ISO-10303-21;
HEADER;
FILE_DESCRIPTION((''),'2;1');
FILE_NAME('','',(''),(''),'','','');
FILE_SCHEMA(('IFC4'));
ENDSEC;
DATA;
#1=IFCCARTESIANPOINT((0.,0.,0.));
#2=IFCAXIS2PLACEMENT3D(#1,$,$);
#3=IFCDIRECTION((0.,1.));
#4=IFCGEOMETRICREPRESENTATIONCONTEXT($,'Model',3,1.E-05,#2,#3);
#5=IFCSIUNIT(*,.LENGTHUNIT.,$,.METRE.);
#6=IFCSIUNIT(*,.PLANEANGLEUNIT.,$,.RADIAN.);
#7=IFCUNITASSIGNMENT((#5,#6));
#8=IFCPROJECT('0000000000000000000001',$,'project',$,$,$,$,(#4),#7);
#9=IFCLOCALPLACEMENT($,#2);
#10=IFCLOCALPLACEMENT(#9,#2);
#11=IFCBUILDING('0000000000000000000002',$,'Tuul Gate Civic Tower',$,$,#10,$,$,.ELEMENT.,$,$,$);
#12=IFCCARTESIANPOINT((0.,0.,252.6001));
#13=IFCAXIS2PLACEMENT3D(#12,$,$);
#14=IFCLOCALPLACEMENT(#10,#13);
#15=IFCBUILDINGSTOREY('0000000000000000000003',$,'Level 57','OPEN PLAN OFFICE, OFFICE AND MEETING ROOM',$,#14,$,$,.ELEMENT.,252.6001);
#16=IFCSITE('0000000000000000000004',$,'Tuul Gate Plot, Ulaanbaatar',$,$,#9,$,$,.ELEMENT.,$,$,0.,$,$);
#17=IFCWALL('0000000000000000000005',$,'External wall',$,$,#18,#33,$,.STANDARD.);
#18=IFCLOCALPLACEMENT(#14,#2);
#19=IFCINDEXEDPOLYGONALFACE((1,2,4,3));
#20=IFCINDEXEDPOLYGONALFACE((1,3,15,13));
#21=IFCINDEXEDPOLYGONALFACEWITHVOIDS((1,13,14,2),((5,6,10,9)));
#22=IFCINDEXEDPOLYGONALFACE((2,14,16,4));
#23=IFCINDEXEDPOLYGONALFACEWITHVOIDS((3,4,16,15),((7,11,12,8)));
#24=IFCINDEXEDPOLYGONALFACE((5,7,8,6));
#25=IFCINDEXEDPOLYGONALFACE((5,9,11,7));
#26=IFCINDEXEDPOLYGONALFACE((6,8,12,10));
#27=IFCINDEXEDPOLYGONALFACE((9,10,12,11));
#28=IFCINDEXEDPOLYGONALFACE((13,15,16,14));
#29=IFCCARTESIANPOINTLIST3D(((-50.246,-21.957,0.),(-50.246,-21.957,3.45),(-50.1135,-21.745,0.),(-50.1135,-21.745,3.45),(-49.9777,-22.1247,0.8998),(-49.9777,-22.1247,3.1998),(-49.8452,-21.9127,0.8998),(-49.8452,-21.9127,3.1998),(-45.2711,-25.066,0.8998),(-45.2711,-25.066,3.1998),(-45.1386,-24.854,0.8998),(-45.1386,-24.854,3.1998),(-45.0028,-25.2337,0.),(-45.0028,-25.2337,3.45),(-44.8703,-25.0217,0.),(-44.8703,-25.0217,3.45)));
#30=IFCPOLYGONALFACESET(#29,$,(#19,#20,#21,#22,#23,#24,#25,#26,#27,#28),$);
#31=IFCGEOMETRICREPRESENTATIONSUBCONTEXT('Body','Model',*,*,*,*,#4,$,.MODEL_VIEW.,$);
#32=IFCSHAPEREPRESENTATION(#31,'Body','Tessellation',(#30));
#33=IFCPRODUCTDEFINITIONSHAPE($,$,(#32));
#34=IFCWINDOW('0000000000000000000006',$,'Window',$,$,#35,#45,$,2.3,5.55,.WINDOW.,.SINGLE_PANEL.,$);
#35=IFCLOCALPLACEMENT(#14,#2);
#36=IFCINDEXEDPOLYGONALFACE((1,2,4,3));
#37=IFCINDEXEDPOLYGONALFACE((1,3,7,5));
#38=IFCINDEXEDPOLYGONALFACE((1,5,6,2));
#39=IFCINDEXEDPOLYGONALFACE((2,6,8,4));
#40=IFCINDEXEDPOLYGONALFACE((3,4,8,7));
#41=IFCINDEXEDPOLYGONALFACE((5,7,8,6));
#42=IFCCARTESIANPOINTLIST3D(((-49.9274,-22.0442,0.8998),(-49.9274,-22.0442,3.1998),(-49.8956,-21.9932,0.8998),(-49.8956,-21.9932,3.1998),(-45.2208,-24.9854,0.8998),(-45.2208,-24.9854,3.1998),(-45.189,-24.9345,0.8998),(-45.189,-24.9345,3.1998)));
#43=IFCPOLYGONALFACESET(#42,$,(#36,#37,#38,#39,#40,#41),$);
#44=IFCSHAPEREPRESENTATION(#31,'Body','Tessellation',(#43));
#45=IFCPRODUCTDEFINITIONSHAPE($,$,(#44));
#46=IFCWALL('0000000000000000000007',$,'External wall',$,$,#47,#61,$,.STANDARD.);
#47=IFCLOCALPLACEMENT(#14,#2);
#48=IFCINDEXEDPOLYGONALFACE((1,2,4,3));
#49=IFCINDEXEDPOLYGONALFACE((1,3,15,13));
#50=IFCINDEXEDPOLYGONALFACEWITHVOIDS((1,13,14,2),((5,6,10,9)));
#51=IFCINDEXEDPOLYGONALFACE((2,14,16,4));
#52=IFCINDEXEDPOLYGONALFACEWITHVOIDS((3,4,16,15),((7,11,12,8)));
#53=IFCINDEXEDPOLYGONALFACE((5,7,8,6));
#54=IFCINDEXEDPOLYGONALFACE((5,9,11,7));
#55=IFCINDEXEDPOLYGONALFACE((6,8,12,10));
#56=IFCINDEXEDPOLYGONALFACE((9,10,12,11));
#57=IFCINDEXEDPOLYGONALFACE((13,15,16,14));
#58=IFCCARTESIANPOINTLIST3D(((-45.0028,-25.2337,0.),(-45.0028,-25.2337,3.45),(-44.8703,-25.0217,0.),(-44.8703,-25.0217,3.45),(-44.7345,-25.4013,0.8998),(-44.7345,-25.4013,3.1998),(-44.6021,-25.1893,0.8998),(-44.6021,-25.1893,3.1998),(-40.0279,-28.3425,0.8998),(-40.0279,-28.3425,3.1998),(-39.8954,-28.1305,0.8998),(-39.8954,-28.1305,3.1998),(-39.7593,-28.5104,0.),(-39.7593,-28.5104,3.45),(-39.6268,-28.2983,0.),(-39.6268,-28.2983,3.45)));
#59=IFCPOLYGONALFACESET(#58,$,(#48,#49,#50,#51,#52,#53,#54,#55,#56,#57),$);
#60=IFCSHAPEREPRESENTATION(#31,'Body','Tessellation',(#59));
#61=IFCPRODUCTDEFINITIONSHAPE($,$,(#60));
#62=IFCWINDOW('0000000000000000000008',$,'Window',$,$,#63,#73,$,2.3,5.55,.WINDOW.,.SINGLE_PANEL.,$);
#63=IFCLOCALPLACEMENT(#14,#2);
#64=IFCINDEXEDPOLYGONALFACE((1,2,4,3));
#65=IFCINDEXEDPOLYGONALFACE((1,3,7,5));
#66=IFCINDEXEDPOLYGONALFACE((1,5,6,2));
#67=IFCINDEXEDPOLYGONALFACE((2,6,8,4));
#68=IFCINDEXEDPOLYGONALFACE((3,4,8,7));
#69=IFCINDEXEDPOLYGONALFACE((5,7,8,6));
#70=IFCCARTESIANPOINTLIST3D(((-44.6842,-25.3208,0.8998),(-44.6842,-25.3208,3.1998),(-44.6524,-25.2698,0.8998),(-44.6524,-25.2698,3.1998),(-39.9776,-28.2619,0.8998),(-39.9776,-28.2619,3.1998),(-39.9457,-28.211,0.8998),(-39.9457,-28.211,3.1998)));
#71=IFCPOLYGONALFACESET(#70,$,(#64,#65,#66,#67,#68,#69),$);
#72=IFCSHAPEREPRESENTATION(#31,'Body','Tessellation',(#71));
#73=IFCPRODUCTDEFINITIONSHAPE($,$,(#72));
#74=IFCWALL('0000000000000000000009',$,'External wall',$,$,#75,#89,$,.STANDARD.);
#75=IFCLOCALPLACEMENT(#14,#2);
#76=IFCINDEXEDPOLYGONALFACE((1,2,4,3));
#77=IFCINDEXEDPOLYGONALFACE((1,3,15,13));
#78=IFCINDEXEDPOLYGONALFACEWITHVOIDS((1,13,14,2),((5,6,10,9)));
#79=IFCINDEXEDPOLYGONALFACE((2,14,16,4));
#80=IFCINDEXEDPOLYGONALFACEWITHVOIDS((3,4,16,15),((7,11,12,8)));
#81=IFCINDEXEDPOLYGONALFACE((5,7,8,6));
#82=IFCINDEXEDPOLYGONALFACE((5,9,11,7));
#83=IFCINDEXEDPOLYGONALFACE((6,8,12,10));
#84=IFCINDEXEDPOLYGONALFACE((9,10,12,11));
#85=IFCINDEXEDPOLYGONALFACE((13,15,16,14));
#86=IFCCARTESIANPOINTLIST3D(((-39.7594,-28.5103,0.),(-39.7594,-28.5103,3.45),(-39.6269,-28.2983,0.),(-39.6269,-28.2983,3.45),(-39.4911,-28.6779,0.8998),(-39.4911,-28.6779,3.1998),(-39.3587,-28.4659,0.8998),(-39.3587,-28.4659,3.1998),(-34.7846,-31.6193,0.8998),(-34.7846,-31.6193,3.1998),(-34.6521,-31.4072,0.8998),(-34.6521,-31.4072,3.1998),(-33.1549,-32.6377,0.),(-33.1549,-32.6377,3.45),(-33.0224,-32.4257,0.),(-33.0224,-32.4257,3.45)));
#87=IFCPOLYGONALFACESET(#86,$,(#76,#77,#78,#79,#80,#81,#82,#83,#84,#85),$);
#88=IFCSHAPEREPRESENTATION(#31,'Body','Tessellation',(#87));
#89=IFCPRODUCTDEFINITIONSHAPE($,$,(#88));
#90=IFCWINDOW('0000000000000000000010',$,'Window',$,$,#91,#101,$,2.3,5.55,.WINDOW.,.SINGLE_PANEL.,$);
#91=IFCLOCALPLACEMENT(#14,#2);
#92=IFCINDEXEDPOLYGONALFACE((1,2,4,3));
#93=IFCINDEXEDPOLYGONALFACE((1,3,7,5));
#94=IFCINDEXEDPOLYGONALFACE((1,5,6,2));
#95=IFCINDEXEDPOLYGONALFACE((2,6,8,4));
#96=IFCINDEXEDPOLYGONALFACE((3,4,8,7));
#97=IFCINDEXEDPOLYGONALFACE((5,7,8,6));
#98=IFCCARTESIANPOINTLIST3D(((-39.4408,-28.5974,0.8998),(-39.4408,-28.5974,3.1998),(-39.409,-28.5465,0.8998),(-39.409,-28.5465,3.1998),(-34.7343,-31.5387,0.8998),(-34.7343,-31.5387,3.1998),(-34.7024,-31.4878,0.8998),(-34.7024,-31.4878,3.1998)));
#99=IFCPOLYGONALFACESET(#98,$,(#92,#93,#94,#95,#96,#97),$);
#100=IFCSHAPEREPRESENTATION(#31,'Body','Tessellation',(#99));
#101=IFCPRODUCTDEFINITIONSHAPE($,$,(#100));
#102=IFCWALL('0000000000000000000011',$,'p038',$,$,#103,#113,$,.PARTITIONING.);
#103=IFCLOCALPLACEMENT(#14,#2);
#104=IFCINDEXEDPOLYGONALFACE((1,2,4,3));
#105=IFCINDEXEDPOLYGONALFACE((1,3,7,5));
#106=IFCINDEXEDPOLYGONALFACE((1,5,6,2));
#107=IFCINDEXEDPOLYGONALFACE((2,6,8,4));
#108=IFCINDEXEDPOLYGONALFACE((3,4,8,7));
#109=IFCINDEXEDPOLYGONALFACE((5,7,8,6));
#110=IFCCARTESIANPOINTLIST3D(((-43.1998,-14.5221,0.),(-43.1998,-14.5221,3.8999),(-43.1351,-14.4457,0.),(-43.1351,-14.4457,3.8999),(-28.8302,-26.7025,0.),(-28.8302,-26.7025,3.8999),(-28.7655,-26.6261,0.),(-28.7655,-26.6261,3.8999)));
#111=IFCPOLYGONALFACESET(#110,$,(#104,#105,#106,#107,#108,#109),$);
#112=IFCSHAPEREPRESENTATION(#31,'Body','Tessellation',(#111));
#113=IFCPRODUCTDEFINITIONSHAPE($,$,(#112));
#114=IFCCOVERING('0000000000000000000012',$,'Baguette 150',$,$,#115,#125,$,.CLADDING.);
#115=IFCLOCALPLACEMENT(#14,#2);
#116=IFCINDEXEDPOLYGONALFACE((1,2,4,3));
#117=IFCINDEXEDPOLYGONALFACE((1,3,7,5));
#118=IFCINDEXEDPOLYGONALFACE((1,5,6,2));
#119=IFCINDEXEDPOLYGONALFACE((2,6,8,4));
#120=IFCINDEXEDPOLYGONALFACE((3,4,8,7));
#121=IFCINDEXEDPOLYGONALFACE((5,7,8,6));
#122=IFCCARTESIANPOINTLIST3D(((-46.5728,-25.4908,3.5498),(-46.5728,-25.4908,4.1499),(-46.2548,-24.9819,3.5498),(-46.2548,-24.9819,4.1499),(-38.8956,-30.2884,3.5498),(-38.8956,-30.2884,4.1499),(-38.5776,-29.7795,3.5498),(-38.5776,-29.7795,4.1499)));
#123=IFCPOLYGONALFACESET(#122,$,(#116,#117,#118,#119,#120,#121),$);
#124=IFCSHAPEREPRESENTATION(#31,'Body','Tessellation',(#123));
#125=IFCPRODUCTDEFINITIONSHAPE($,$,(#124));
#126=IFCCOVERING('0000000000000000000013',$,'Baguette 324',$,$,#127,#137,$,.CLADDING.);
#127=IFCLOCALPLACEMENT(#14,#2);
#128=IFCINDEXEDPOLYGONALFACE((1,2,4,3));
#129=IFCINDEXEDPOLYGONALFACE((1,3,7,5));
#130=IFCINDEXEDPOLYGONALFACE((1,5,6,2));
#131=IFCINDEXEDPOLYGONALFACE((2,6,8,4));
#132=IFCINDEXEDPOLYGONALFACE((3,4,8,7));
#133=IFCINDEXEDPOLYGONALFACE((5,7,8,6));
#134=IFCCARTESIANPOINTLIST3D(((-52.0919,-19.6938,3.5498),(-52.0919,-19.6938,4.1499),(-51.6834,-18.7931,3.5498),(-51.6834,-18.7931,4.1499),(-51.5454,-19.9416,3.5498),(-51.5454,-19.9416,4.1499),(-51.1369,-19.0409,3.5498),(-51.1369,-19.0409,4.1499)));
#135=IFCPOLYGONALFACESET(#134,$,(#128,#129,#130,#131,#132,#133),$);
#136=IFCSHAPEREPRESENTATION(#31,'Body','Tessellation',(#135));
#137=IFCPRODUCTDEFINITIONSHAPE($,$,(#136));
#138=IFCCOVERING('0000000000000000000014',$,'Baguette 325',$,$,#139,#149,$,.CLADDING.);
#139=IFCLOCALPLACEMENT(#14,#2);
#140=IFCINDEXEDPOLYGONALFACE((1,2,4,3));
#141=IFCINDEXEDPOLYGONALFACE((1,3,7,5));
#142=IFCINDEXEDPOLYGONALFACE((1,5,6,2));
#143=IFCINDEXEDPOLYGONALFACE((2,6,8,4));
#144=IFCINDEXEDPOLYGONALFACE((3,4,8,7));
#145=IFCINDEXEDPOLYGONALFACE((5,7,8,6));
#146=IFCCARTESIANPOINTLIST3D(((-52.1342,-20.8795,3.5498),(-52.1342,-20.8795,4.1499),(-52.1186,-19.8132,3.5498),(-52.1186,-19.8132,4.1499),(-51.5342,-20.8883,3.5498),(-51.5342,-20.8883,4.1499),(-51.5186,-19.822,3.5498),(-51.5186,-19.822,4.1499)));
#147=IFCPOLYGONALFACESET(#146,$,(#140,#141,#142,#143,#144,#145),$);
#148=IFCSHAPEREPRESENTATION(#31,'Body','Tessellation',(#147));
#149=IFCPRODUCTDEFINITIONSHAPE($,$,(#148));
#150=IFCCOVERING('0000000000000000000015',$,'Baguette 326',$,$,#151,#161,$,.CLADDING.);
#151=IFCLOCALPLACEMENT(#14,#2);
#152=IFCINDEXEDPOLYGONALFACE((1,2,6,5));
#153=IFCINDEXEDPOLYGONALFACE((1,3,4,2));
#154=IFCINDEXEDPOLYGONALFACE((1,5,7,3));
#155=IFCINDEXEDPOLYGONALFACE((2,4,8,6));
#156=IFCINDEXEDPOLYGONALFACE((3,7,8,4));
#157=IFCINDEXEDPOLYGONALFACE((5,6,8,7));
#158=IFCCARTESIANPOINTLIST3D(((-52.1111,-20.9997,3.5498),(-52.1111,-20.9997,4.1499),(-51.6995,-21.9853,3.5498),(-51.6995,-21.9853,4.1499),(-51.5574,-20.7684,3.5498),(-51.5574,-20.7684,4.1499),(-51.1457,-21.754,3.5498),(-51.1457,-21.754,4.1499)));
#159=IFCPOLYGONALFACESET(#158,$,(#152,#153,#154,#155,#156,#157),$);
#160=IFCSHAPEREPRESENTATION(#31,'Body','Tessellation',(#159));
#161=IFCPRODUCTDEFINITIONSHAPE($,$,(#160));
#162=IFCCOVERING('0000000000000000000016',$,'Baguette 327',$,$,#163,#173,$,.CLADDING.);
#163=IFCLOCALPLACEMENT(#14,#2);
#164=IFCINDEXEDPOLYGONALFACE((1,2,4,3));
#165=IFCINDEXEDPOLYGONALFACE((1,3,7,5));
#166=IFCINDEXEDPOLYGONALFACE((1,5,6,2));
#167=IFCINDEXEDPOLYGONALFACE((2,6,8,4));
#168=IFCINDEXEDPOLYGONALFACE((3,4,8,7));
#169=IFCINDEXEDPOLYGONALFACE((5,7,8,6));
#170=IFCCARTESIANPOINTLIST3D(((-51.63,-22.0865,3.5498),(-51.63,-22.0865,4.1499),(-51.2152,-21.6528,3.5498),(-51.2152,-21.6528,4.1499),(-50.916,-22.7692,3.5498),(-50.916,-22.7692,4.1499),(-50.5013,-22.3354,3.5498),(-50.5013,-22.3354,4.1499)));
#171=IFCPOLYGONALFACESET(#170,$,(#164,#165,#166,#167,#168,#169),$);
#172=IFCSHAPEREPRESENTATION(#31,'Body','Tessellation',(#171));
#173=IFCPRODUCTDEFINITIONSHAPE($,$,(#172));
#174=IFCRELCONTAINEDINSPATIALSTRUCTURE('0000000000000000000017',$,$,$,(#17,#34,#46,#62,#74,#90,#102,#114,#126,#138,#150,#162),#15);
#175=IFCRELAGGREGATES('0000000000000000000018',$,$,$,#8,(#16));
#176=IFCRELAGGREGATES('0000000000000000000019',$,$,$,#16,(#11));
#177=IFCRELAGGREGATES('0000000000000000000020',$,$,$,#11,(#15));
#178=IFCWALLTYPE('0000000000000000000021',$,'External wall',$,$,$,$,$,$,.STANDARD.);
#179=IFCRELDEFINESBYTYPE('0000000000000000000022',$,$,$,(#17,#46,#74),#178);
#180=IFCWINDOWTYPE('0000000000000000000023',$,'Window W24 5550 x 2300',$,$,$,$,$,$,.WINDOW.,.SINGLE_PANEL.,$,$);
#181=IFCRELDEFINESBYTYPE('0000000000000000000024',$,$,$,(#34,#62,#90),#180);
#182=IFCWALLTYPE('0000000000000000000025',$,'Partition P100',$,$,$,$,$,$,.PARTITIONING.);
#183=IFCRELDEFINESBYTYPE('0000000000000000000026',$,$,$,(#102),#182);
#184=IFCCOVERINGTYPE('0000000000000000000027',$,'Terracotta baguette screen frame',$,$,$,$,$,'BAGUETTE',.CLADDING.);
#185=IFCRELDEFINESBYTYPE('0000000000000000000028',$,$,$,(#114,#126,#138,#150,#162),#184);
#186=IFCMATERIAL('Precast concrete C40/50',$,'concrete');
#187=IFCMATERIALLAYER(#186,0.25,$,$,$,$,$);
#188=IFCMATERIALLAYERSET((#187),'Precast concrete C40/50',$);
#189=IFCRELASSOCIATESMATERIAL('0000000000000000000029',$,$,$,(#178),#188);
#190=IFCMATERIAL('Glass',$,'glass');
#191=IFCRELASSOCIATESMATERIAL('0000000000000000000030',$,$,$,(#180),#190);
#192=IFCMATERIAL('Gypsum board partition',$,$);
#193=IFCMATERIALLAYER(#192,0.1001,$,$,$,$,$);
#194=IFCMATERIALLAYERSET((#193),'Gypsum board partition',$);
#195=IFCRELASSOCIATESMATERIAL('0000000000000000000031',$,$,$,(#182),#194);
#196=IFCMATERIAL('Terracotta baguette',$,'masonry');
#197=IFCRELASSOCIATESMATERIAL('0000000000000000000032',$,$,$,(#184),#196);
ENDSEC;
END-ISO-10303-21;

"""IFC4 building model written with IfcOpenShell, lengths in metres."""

from ifc_helpers import new_model, si_unit, direction, frame, frame_2d, origin, origin_2d, place, context, subcontext, project, spatial, rectangle, extrude, material, layer, layer_set, material_profile, profile_set, type_object, element, fill, save


model = new_model("IFC4")

# Units and contexts
model_context = context("Model", 3, precision=1e-05, world=origin(), true_north=direction((0.0, 1.0)))
body_context = subcontext(model_context, "Body", "Model", "MODEL_VIEW")
ifc_project = project(units=[si_unit("LENGTHUNIT", "METRE"), si_unit("PLANEANGLEUNIT", "RADIAN")], contexts=[model_context])

# Site, building, storey
site_placement = place(None, origin())
site = spatial("IfcSite", under=ifc_project, at=site_placement, Name="Tuul Gate Plot, Ulaanbaatar", CompositionType="ELEMENT", RefElevation=0.0)
building_placement = place(site_placement, origin())
building = spatial("IfcBuilding", under=site, at=building_placement, Name="Tuul Gate Civic Tower", CompositionType="ELEMENT")
storey_placement = place(building_placement, frame((0.0, 0.0, 252.6001)))
storey = spatial("IfcBuildingStorey", under=building, at=storey_placement, Name="Level 57", Description="OPEN PLAN OFFICE, OFFICE AND MEETING ROOM", CompositionType="ELEMENT", Elevation=252.6001)

# Shared definitions
ifc_material_1 = material(Name="Precast concrete C40/50", Category="concrete")
ifc_layer_1 = layer(ifc_material_1, 0.25)
ifc_layer_set_1 = layer_set([ifc_layer_1], Name="Precast concrete C40/50")
wall_type_1 = type_object("IfcWallType", Name="External wall", PredefinedType="STANDARD", material=ifc_layer_set_1)

# Walls, openings, windows
wall_1_placement = place(storey_placement, frame((-50.1797, -21.8511, 0.0), z_axis=(0.0, 0.0, 1.0), x_axis=(0.848025, -0.529956, 0.0)))
wall_1 = element("IfcWall", 1, at=wall_1_placement, inside=storey, type_object=wall_type_1, Name="External wall", PredefinedType="STANDARD", context=body_context, shape_type="SweptSolid", body=[
    extrude(rectangle(XDim=6.1829, YDim=0.25, at=frame_2d((3.0913, 0.0))), origin(), (0.0, 0.0, 1.0), 3.45),
])
opening_1_placement = place(wall_1_placement, frame((0.3164, 0.0, 0.8999)))
opening_1 = element("IfcOpeningElement", 2, at=opening_1_placement, cuts=wall_1, PredefinedType="OPENING", context=body_context, shape_type="SweptSolid", body=[
    extrude(rectangle(XDim=5.55, YDim=2.3, at=frame_2d((2.7749, 1.1499))), frame((0.0, 0.135, 0.0), z_axis=(0.0, -1.0, 0.0), x_axis=(1.0, 0.0, 0.0)), (0.0, 0.0, 1.0), 0.27),
])
ifc_material_2 = material(Name="Glass", Category="glass")
window_type = type_object("IfcWindowType", Name="Window W24 5550 x 2300", PartitioningType="SINGLE_PANEL", PredefinedType="WINDOW", material=ifc_material_2)
window_1_placement = place(opening_1_placement, origin())
window_1 = element("IfcWindow", 3, at=window_1_placement, inside=storey, type_object=window_type, Name="Window", OverallHeight=2.3, OverallWidth=5.55, PartitioningType="SINGLE_PANEL", PredefinedType="WINDOW", context=body_context, shape_type="SweptSolid", body=[
    extrude(rectangle(XDim=5.55, YDim=2.3, at=frame_2d((2.7749, 1.1499))), frame((0.0, 0.03, 0.0), z_axis=(0.0, -1.0, 0.0), x_axis=(1.0, 0.0, 0.0)), (0.0, 0.0, 1.0), 0.0601),
])
fill(opening_1, window_1)
wall_2_placement = place(storey_placement, frame((-44.9365, -25.1277, 0.0), z_axis=(0.0, 0.0, 1.0), x_axis=(0.848036, -0.529939, 0.0)))
wall_2 = element("IfcWall", 4, at=wall_2_placement, inside=storey, type_object=wall_type_1, Name="External wall", PredefinedType="STANDARD", context=body_context, shape_type="SweptSolid", body=[
    extrude(rectangle(XDim=6.1831, YDim=0.25, at=frame_2d((3.0916, 0.0))), origin(), (0.0, 0.0, 1.0), 3.45),
])
opening_2_placement = place(wall_2_placement, frame((0.3164, 0.0, 0.8999)))
opening_2 = element("IfcOpeningElement", 5, at=opening_2_placement, cuts=wall_2, PredefinedType="OPENING", context=body_context, shape_type="SweptSolid", body=[
    extrude(rectangle(XDim=5.55, YDim=2.3, at=frame_2d((2.7749, 1.1499))), frame((0.0, 0.135, 0.0), z_axis=(0.0, -1.0, 0.0), x_axis=(1.0, 0.0, 0.0)), (0.0, 0.0, 1.0), 0.27),
])
window_2_placement = place(opening_2_placement, origin())
window_2 = element("IfcWindow", 6, at=window_2_placement, inside=storey, type_object=window_type, Name="Window", OverallHeight=2.3, OverallWidth=5.55, PartitioningType="SINGLE_PANEL", PredefinedType="WINDOW", context=body_context, shape_type="SweptSolid", body=[
    extrude(rectangle(XDim=5.55, YDim=2.3, at=frame_2d((2.7749, 1.1499))), frame((0.0, 0.03, 0.0), z_axis=(0.0, -1.0, 0.0), x_axis=(1.0, 0.0, 0.0)), (0.0, 0.0, 1.0), 0.0601),
])
fill(opening_2, window_2)
wall_3_placement = place(storey_placement, frame((-39.6931, -28.4043, 0.0), z_axis=(0.0, 0.0, 1.0), x_axis=(0.848019, -0.529965, 0.0)))
wall_3 = element("IfcWall", 7, at=wall_3_placement, inside=storey, type_object=wall_type_1, Name="External wall", PredefinedType="STANDARD", context=body_context, shape_type="SweptSolid", body=[
    extrude(rectangle(XDim=7.7881, YDim=0.25, at=frame_2d((3.894, 0.0))), origin(), (0.0, 0.0, 1.0), 3.45),
])
opening_3_placement = place(wall_3_placement, frame((0.3164, 0.0, 0.8999)))
opening_3 = element("IfcOpeningElement", 8, at=opening_3_placement, cuts=wall_3, PredefinedType="OPENING", context=body_context, shape_type="SweptSolid", body=[
    extrude(rectangle(XDim=5.55, YDim=2.3, at=frame_2d((2.7749, 1.1499))), frame((0.0, 0.135, 0.0), z_axis=(0.0, -1.0, 0.0), x_axis=(1.0, 0.0, 0.0)), (0.0, 0.0, 1.0), 0.27),
])
window_3_placement = place(opening_3_placement, origin())
window_3 = element("IfcWindow", 9, at=window_3_placement, inside=storey, type_object=window_type, Name="Window", OverallHeight=2.3, OverallWidth=5.55, PartitioningType="SINGLE_PANEL", PredefinedType="WINDOW", context=body_context, shape_type="SweptSolid", body=[
    extrude(rectangle(XDim=5.55, YDim=2.3, at=frame_2d((2.7749, 1.1499))), frame((0.0, 0.03, 0.0), z_axis=(0.0, -1.0, 0.0), x_axis=(1.0, 0.0, 0.0)), (0.0, 0.0, 1.0), 0.0601),
])
fill(opening_3, window_3)

# Wall
ifc_material_3 = material(Name="Gypsum board partition")
ifc_layer_2 = layer(ifc_material_3, 0.1001)
ifc_layer_set_2 = layer_set([ifc_layer_2], Name="Gypsum board partition")
wall_type_2 = type_object("IfcWallType", Name="Partition P100", PredefinedType="PARTITIONING", material=ifc_layer_set_2)
wall_4_placement = place(storey_placement, frame((-43.1675, -14.4839, 0.0), z_axis=(0.0, 0.0, 1.0), x_axis=(0.762823, -0.646607, 0.0)))
element("IfcWall", 10, at=wall_4_placement, inside=storey, type_object=wall_type_2, Name="p038", PredefinedType="PARTITIONING", context=body_context, shape_type="SweptSolid", body=[
    extrude(rectangle(XDim=18.8374, YDim=0.1001, at=frame_2d((9.4187, 0.0))), origin(), (0.0, 0.0, 1.0), 3.8999),
])

# Coverings
ifc_material_4 = material(Name="Terracotta baguette", Category="masonry")
ifc_material_profile_1 = material_profile(ifc_material_4, rectangle(XDim=0.6001, YDim=0.6001, at=origin_2d()), Name="Terracotta baguette screen frame")
ifc_profile_set_1 = profile_set([ifc_material_profile_1], Name="Terracotta baguette")
covering_type = type_object("IfcCoveringType", Name="Terracotta baguette screen frame", ElementType="BAGUETTE", PredefinedType="CLADDING", material=ifc_profile_set_1)
covering_1_placement = place(storey_placement, frame((-46.4138, -25.2363, 3.8499), z_axis=(0.848032, -0.529946, 0.0), x_axis=(0.529946, 0.848032, 0.0)))
element("IfcCovering", 11, at=covering_1_placement, inside=storey, type_object=covering_type, Name="Baguette 150", PredefinedType="CLADDING", context=body_context, shape_type="SweptSolid", body=[
    extrude(rectangle(XDim=0.6001, YDim=0.6001, at=origin_2d()), origin(), (0.0, 0.0, 1.0), 9.053),
])
covering_2_placement = place(storey_placement, frame((-51.4102, -18.917, 3.8499), z_axis=(-0.413022, -0.910721, 0.0), x_axis=(0.910721, -0.413022, 0.0)))
element("IfcCovering", 12, at=covering_2_placement, inside=storey, type_object=covering_type, Name="Baguette 324", PredefinedType="CLADDING", context=body_context, shape_type="SweptSolid", body=[
    extrude(rectangle(XDim=0.6001, YDim=0.6001, at=origin_2d()), origin(), (0.0, 0.0, 1.0), 0.989),
])
covering_3_placement = place(storey_placement, frame((-51.8186, -19.8176, 3.8499), z_axis=(-0.01465, -0.999893, 0.0), x_axis=(0.999893, -0.01465, 0.0)))
element("IfcCovering", 13, at=covering_3_placement, inside=storey, type_object=covering_type, Name="Baguette 325", PredefinedType="CLADDING", context=body_context, shape_type="SweptSolid", body=[
    extrude(rectangle(XDim=0.6001, YDim=0.6001, at=origin_2d()), origin(), (0.0, 0.0, 1.0), 1.0664),
])
covering_4_placement = place(storey_placement, frame((-51.8342, -20.884, 3.8499), z_axis=(0.385378, -0.922759, 0.0), x_axis=(0.922759, 0.385378, 0.0)))
element("IfcCovering", 14, at=covering_4_placement, inside=storey, type_object=covering_type, Name="Baguette 326", PredefinedType="CLADDING", context=body_context, shape_type="SweptSolid", body=[
    extrude(rectangle(XDim=0.6001, YDim=0.6001, at=origin_2d()), origin(), (0.0, 0.0, 1.0), 1.0681),
])
covering_5_placement = place(storey_placement, frame((-51.4226, -21.8696, 3.8499), z_axis=(0.722749, -0.69111, 0.0), x_axis=(0.69111, 0.722749, 0.0)))
element("IfcCovering", 15, at=covering_5_placement, inside=storey, type_object=covering_type, Name="Baguette 327", PredefinedType="CLADDING", context=body_context, shape_type="SweptSolid", body=[
    extrude(rectangle(XDim=0.6001, YDim=0.6001, at=origin_2d()), origin(), (0.0, 0.0, 1.0), 0.9878),
])

save(model, "model.ifc")
